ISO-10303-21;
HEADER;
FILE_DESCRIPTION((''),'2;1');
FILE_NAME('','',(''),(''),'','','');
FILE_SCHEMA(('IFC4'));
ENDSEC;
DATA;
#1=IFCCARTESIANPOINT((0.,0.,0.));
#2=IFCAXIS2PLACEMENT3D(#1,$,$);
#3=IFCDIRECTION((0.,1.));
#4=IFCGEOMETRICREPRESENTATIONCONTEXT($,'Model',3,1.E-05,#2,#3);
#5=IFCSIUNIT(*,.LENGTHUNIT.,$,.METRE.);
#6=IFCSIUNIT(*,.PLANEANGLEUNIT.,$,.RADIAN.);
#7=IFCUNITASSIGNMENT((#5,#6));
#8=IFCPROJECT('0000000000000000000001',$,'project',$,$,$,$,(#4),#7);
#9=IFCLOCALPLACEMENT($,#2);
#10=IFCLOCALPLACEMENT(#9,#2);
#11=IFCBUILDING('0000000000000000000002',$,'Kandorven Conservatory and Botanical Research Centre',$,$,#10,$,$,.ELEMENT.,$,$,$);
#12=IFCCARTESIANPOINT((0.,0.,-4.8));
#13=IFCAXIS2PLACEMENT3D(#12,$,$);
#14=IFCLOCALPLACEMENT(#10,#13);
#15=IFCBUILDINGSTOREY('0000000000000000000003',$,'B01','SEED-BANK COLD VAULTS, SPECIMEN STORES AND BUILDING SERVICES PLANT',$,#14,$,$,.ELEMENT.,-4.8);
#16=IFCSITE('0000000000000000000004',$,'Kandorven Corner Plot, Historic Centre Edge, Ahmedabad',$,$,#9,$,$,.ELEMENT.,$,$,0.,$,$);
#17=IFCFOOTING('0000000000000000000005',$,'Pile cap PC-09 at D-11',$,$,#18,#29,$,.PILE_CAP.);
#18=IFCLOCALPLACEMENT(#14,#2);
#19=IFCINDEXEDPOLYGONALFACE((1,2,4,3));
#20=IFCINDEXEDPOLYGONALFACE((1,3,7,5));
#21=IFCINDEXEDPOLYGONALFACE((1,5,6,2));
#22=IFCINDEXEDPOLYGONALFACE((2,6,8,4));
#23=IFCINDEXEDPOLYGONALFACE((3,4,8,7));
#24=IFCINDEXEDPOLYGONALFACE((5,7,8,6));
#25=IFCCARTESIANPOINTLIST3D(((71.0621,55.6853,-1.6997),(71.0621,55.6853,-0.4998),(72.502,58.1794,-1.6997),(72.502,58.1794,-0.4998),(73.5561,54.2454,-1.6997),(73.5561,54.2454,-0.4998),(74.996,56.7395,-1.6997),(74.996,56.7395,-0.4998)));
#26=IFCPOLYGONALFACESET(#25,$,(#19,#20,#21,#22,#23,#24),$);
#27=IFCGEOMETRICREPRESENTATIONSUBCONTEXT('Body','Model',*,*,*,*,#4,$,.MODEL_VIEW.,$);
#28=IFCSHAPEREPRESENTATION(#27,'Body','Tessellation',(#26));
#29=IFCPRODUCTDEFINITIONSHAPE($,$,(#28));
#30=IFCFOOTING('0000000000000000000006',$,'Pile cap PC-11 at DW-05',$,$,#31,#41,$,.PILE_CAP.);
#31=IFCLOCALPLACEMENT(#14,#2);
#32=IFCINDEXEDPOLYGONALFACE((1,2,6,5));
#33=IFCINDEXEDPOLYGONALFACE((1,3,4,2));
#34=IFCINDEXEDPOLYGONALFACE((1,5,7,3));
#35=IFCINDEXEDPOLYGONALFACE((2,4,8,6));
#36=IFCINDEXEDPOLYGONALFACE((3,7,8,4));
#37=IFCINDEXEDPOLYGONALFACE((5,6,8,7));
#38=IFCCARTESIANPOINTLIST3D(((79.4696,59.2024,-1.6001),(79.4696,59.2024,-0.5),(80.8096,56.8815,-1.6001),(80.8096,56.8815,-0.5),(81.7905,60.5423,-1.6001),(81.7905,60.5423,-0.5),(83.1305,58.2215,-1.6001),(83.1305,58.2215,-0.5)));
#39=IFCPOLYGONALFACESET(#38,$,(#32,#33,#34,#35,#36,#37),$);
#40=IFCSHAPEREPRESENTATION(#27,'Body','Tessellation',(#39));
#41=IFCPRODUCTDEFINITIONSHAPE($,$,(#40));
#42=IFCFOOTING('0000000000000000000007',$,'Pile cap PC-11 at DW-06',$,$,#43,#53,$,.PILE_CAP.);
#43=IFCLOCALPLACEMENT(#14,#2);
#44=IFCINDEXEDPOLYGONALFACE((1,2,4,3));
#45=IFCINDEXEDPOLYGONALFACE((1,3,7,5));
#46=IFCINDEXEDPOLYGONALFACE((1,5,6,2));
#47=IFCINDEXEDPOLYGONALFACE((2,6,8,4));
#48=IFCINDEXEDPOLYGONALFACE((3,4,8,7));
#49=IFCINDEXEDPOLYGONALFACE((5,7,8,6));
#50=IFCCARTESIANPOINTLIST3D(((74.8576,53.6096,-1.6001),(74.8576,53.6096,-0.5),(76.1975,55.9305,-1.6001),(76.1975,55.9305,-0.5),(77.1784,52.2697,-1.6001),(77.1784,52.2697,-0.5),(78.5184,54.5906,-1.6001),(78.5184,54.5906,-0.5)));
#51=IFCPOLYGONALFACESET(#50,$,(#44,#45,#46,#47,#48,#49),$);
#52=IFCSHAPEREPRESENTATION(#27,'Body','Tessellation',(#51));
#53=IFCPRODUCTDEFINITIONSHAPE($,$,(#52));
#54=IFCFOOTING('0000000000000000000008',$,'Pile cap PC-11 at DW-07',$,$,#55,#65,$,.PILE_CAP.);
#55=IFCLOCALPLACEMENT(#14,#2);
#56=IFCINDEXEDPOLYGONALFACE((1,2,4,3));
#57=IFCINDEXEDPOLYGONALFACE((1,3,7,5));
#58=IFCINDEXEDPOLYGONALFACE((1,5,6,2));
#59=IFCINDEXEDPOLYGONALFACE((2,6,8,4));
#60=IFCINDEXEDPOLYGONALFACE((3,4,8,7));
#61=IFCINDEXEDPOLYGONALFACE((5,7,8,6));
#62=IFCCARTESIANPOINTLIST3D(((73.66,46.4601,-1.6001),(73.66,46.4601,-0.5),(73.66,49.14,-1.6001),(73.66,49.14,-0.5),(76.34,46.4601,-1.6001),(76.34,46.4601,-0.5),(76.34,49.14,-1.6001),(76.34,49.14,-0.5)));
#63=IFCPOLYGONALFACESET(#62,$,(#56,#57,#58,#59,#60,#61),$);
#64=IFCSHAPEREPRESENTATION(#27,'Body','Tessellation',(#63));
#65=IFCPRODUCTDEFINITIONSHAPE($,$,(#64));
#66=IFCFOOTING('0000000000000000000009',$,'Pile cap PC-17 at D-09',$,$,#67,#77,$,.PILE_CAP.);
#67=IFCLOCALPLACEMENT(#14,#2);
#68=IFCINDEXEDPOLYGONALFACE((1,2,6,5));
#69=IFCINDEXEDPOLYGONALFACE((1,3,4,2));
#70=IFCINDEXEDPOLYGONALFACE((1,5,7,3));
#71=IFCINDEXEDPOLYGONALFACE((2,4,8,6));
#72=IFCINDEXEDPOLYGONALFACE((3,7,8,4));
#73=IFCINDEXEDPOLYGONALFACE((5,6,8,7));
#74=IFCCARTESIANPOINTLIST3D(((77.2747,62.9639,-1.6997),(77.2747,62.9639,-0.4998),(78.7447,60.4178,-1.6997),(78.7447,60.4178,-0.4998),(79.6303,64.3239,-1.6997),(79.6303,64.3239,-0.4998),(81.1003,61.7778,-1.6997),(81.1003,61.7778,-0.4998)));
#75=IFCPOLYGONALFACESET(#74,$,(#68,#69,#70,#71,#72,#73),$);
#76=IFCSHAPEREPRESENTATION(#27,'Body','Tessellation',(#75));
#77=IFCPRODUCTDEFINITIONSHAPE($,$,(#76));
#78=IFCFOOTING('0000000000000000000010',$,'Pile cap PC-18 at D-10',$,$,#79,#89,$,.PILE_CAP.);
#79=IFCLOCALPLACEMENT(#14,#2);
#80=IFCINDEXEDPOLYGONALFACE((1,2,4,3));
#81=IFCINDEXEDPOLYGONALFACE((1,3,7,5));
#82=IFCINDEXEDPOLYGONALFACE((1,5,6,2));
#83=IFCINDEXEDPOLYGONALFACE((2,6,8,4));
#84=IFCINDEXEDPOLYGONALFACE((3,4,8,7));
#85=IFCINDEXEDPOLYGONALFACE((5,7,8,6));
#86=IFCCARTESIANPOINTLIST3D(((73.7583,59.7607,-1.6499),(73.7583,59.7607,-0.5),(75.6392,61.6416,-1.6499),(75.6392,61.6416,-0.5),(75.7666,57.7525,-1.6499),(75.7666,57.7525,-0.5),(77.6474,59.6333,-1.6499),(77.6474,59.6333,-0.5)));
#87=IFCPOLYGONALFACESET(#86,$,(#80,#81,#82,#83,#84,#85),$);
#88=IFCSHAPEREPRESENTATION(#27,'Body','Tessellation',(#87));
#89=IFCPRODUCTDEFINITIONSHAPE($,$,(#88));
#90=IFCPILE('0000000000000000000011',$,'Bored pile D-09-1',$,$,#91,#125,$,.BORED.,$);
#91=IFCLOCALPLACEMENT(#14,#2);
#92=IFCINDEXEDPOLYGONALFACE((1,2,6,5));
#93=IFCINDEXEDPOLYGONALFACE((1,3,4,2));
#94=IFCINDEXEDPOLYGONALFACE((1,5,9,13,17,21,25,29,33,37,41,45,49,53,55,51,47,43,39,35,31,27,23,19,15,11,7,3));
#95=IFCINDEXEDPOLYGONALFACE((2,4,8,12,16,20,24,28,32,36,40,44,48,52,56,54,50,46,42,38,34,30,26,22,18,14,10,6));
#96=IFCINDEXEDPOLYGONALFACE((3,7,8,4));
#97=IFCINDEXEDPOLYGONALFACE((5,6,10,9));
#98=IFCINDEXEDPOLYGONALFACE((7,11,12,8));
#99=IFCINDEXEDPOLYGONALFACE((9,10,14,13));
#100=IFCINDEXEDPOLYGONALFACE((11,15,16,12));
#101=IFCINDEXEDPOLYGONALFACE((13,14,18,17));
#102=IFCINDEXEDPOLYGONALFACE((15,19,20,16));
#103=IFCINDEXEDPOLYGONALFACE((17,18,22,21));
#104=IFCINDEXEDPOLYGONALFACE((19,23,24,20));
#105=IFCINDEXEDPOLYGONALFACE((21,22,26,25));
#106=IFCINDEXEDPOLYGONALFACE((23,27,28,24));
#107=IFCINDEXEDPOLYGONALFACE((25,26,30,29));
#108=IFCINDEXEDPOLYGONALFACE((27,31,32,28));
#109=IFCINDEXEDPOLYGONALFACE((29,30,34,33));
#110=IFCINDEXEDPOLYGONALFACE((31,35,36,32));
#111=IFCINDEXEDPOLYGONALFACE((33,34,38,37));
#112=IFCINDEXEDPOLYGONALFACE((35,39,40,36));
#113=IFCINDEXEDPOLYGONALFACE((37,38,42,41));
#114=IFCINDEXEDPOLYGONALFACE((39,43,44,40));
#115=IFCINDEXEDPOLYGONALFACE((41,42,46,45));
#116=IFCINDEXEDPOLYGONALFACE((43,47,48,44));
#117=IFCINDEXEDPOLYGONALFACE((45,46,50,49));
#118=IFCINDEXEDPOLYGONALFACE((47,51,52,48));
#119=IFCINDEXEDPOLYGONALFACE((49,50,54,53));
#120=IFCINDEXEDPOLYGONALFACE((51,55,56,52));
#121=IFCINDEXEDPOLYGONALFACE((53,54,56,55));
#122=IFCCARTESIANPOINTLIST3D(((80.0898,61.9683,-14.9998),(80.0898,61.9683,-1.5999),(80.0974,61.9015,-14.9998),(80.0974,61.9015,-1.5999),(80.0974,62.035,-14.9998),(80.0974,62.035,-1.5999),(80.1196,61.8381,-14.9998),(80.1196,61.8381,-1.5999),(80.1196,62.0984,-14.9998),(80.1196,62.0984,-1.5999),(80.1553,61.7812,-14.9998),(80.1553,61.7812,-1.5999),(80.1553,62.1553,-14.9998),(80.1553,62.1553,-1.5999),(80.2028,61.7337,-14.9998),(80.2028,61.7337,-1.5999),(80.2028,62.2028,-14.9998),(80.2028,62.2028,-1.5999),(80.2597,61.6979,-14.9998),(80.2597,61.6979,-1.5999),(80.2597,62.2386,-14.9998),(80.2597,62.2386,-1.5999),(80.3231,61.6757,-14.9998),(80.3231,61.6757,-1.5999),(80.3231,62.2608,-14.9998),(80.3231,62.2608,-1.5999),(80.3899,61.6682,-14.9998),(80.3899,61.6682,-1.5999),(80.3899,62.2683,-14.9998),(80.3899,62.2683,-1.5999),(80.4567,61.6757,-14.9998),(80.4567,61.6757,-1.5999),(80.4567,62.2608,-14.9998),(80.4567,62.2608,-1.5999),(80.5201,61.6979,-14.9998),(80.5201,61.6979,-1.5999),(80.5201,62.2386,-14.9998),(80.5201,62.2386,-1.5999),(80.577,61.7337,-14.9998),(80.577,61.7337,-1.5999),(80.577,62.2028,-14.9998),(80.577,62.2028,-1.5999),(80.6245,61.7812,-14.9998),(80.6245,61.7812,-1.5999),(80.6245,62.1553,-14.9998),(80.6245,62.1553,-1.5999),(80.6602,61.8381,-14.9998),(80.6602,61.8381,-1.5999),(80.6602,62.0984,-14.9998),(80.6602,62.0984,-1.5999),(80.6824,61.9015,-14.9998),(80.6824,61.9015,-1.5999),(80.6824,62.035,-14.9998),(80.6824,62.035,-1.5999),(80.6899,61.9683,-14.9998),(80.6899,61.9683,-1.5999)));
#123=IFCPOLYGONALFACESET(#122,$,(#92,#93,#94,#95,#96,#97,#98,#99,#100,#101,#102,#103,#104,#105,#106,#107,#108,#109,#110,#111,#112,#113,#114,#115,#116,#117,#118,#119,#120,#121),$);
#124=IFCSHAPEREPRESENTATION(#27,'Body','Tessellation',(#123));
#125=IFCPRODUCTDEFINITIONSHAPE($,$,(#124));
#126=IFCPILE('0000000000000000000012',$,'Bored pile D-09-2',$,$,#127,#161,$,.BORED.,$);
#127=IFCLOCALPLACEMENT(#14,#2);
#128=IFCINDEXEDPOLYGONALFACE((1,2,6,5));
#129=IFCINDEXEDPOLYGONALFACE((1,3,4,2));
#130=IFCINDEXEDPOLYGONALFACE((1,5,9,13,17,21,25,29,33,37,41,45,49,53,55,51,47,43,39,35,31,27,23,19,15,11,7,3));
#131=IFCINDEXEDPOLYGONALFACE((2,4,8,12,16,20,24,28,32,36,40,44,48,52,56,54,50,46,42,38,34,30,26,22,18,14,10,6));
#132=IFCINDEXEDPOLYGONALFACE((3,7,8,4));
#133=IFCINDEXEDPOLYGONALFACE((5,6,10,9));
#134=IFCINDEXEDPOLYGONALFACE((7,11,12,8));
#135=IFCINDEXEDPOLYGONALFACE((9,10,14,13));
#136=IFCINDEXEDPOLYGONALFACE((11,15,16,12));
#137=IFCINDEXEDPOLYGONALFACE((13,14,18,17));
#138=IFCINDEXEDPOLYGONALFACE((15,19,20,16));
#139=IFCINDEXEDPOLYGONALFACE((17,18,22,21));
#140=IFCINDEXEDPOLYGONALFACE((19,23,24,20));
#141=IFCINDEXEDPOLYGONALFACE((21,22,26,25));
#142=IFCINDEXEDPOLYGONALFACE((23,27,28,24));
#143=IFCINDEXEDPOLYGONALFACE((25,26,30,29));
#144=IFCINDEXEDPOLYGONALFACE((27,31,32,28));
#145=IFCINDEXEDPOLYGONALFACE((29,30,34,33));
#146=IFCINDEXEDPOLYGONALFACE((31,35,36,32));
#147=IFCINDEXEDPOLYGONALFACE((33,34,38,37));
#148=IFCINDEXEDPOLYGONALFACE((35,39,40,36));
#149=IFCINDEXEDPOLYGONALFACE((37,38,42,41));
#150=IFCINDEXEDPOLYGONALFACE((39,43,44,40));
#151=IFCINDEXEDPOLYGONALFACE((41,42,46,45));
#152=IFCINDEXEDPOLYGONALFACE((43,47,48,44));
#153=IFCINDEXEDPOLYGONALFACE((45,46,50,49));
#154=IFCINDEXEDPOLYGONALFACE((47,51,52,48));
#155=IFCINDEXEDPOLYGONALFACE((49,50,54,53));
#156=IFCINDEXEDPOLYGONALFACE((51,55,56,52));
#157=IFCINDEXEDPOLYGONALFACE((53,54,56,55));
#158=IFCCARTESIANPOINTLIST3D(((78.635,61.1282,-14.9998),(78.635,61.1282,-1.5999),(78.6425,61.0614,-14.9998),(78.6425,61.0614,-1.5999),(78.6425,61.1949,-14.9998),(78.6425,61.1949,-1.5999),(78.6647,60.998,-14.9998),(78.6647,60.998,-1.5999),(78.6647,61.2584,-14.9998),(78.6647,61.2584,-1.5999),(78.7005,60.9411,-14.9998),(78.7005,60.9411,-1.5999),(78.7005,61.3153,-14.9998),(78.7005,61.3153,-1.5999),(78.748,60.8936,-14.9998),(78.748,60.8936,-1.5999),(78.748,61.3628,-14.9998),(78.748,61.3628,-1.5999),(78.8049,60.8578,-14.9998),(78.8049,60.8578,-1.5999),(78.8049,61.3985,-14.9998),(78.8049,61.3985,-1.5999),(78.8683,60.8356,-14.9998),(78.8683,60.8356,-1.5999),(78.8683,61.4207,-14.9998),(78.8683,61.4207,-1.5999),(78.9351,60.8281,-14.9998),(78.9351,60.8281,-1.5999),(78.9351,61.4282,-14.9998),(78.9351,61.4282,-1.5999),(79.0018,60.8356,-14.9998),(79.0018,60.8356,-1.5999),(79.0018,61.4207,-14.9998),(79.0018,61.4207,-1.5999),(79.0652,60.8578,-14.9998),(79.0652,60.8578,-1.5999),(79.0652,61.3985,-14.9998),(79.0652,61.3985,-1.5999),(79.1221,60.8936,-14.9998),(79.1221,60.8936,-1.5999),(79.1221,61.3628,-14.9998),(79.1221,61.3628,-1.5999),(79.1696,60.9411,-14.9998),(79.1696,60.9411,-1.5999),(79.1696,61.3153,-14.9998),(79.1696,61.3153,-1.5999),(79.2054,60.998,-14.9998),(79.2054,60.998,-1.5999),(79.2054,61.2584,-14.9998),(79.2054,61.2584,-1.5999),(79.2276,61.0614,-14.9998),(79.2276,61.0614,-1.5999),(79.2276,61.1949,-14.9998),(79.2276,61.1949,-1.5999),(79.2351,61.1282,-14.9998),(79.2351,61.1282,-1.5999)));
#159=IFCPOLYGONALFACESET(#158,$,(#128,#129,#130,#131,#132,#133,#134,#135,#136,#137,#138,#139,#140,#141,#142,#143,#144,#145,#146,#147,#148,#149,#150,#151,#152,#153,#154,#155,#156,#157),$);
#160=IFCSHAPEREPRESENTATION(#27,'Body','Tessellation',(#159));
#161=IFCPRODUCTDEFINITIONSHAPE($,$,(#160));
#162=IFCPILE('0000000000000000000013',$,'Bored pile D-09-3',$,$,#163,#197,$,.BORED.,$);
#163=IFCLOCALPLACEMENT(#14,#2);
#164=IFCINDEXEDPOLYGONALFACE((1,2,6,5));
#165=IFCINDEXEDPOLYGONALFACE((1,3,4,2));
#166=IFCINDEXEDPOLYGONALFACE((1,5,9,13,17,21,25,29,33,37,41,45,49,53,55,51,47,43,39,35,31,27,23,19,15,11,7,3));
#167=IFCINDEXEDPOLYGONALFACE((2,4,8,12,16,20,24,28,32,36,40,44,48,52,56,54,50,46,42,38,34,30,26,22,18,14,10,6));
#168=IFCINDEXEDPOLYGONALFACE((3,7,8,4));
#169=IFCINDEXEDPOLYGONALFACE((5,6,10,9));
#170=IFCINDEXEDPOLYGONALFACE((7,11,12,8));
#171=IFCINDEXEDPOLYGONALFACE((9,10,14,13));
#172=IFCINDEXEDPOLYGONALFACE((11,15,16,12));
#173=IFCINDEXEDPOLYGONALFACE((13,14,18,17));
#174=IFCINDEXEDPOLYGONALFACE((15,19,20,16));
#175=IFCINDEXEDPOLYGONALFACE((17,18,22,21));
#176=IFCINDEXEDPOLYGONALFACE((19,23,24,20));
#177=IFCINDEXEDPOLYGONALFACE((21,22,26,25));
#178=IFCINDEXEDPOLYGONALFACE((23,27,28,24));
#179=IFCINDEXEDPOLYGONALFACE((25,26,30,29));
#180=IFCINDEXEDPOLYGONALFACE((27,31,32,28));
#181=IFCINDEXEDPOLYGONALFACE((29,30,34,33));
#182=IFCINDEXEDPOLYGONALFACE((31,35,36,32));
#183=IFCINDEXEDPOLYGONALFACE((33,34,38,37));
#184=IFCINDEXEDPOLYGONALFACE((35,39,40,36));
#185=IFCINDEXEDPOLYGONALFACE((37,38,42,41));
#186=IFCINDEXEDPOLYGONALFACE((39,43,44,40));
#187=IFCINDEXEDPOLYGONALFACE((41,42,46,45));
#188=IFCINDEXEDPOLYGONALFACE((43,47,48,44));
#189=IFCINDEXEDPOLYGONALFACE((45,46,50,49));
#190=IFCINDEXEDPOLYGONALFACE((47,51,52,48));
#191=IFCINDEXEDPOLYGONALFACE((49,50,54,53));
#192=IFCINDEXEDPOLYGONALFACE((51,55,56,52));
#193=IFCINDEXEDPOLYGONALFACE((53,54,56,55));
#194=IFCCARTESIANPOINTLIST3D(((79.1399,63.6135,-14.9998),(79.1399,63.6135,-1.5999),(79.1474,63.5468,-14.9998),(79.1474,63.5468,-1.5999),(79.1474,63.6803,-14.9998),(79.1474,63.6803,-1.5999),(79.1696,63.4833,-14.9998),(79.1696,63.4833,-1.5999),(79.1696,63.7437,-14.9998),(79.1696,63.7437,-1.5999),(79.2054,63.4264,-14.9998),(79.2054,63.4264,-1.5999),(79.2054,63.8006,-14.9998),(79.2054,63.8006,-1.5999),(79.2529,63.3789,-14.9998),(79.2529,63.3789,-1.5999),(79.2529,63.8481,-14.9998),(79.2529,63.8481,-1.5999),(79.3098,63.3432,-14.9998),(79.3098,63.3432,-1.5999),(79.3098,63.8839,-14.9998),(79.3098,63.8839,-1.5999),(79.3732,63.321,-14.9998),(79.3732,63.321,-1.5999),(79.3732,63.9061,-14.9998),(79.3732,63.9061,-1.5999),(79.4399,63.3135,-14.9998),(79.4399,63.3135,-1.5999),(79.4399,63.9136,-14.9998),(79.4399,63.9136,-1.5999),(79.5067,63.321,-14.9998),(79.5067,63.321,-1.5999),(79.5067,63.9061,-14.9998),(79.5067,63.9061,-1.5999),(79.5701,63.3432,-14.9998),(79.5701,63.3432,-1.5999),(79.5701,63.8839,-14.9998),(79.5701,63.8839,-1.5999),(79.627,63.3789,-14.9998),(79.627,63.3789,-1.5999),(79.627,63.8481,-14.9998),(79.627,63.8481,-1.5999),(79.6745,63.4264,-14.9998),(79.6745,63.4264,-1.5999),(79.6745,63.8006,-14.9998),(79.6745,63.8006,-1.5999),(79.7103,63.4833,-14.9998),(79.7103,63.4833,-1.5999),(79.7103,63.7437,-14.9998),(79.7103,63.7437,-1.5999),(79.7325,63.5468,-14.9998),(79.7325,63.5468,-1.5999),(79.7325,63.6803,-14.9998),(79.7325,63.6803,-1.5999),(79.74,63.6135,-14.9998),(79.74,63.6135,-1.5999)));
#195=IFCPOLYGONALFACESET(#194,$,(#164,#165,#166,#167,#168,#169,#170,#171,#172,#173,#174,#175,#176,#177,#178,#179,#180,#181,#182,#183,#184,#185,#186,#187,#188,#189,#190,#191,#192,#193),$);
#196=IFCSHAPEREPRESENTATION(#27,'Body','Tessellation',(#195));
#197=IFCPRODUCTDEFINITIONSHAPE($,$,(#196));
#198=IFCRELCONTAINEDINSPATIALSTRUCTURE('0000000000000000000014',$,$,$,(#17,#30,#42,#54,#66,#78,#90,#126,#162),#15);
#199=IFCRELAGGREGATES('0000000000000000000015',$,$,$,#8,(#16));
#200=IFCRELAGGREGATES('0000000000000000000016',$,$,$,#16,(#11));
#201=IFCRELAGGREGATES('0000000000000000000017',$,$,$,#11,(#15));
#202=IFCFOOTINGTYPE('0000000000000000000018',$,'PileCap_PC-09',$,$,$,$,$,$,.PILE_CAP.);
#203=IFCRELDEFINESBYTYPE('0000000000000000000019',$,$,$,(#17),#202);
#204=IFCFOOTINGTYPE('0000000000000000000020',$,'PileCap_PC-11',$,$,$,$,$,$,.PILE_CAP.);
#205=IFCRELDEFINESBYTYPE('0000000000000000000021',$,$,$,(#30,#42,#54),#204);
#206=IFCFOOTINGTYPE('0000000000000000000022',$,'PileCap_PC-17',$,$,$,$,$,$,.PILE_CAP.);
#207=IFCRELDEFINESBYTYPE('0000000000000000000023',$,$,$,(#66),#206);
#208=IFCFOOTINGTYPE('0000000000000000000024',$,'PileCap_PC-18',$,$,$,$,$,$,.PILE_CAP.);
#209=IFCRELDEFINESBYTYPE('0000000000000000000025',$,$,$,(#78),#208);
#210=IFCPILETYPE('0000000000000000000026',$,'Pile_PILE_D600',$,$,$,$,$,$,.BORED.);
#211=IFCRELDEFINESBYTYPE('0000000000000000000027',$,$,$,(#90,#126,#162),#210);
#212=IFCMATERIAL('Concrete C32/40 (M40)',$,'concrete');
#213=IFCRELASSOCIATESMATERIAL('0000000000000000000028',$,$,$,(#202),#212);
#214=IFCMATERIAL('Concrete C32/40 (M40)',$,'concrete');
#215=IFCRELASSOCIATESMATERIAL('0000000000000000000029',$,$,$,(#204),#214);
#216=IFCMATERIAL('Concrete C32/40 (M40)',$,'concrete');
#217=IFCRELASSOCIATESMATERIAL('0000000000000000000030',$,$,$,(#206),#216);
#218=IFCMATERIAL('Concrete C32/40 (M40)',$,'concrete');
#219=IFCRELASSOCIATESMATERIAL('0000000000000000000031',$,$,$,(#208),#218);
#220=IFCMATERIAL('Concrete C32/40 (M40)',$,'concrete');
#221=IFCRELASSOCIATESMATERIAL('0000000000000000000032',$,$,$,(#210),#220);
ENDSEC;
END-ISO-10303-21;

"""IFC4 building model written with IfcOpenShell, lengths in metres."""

from ifc_helpers import new_model, si_unit, direction, frame, origin, origin_2d, place, context, subcontext, project, spatial, rectangle, circle, extrude, material, material_profile, profile_set, type_object, element, save


model = new_model("IFC4")

# Units and contexts
model_context = context("Model", 3, precision=1e-05, world=origin(), true_north=direction((0.0, 1.0)))
body_context = subcontext(model_context, "Body", "Model", "MODEL_VIEW")
ifc_project = project(units=[si_unit("LENGTHUNIT", "METRE"), si_unit("PLANEANGLEUNIT", "RADIAN")], contexts=[model_context])

# Site, building, storey
site_placement = place(None, origin())
site = spatial("IfcSite", under=ifc_project, at=site_placement, Name="Kandorven Corner Plot, Historic Centre Edge, Ahmedabad", CompositionType="ELEMENT", RefElevation=0.0)
building_placement = place(site_placement, origin())
building = spatial("IfcBuilding", under=site, at=building_placement, Name="Kandorven Conservatory and Botanical Research Centre", CompositionType="ELEMENT")
storey_placement = place(building_placement, frame((0.0, 0.0, -4.8)))
storey = spatial("IfcBuildingStorey", under=building, at=storey_placement, Name="B01", Description="SEED-BANK COLD VAULTS, SPECIMEN STORES AND BUILDING SERVICES PLANT", CompositionType="ELEMENT", Elevation=-4.8)

# Footings
ifc_material_1 = material(Name="Concrete C32/40 (M40)", Category="concrete")
footing_type_1 = type_object("IfcFootingType", Name="PileCap_PC-09", PredefinedType="PILE_CAP", material=ifc_material_1)
footing_1_placement = place(storey_placement, frame((73.0291, 56.2124, -1.6997), z_axis=(0.0, 0.0, 1.0), x_axis=(-0.866025, 0.5, 0.0)))
element("IfcFooting", 1, at=footing_1_placement, inside=storey, type_object=footing_type_1, Name="Pile cap PC-09 at D-11", PredefinedType="PILE_CAP", context=body_context, shape_type="SweptSolid", body=[
    extrude(rectangle(XDim=2.8799, YDim=2.8799, at=origin_2d()), origin(), (0.0, 0.0, 1.0), 1.2),
])
ifc_material_2 = material(Name="Concrete C32/40 (M40)", Category="concrete")
footing_type_2 = type_object("IfcFootingType", Name="PileCap_PC-11", PredefinedType="PILE_CAP", material=ifc_material_2)
for number, where, z_axis, x_axis, name in (
    (2, (81.3, 58.7119, -1.6001), (0.0, 0.0, 1.0), (-0.5, 0.866025, 0.0), "Pile cap PC-11 at DW-05"),
    (3, (76.688, 54.1001, -1.6001), (0.0, 0.0, 1.0), (-0.866025, 0.5, 0.0), "Pile cap PC-11 at DW-06"),
    (4, (75.0, 47.8, -1.6001), (0.0, 0.0, 1.0), (-1.0, 0.0, 0.0), "Pile cap PC-11 at DW-07"),
):
    element("IfcFooting", number, at=place(storey_placement, frame(where, z_axis=z_axis, x_axis=x_axis)), inside=storey, type_object=footing_type_2, Name=name, PredefinedType="PILE_CAP", context=body_context, shape_type="SweptSolid", body=[
        extrude(rectangle(XDim=2.6799, YDim=2.6799, at=origin_2d()), origin(), (0.0, 0.0, 1.0), 1.1001),
    ])
ifc_material_3 = material(Name="Concrete C32/40 (M40)", Category="concrete")
footing_type_3 = type_object("IfcFootingType", Name="PileCap_PC-17", PredefinedType="PILE_CAP", material=ifc_material_3)
footing_2_placement = place(storey_placement, frame((79.1875, 62.3708, -1.6997), z_axis=(0.0, 0.0, 1.0), x_axis=(-0.5, 0.866025, 0.0)))
element("IfcFooting", 5, at=footing_2_placement, inside=storey, type_object=footing_type_3, Name="Pile cap PC-17 at D-09", PredefinedType="PILE_CAP", context=body_context, shape_type="SweptSolid", body=[
    extrude(rectangle(XDim=2.9399, YDim=2.72, at=origin_2d()), origin(), (0.0, 0.0, 1.0), 1.2),
])
ifc_material_4 = material(Name="Concrete C32/40 (M40)", Category="concrete")
footing_type_4 = type_object("IfcFootingType", Name="PileCap_PC-18", PredefinedType="PILE_CAP", material=ifc_material_4)
footing_3_placement = place(storey_placement, frame((75.7029, 59.697, -1.6499), z_axis=(0.0, 0.0, 1.0), x_axis=(-0.707107, 0.707107, 0.0)))
element("IfcFooting", 6, at=footing_3_placement, inside=storey, type_object=footing_type_4, Name="Pile cap PC-18 at D-10", PredefinedType="PILE_CAP", context=body_context, shape_type="SweptSolid", body=[
    extrude(rectangle(XDim=2.8401, YDim=2.6599, at=origin_2d()), origin(), (0.0, 0.0, 1.0), 1.1499),
])

# Piles
ifc_material_5 = material(Name="Concrete C32/40 (M40)", Category="concrete")
ifc_material_profile_1 = material_profile(ifc_material_5, circle(Radius=0.3, at=origin_2d()))
ifc_profile_set_1 = profile_set([ifc_material_profile_1], Name="Concrete C32/40 (M40)")
pile_type = type_object("IfcPileType", Name="Pile_PILE_D600", PredefinedType="BORED", material=ifc_profile_set_1)
for number, where, z_axis, x_axis, name in (
    (7, (80.3899, 61.9683, -1.5999), (0.0, 0.0, -1.0), (1.0, 0.0, 0.0), "Bored pile D-09-1"),
    (8, (78.9351, 61.1282, -1.5999), (0.0, 0.0, -1.0), (1.0, 0.0, 0.0), "Bored pile D-09-2"),
    (9, (79.4399, 63.6135, -1.5999), (0.0, 0.0, -1.0), (1.0, 0.0, 0.0), "Bored pile D-09-3"),
):
    element("IfcPile", number, at=place(storey_placement, frame(where, z_axis=z_axis, x_axis=x_axis)), inside=storey, type_object=pile_type, Name=name, PredefinedType="BORED", context=body_context, shape_type="SweptSolid", body=[
        extrude(circle(Radius=0.3, at=origin_2d()), origin(), (0.0, 0.0, 1.0), 13.3999),
    ])

save(model, "model.ifc")
